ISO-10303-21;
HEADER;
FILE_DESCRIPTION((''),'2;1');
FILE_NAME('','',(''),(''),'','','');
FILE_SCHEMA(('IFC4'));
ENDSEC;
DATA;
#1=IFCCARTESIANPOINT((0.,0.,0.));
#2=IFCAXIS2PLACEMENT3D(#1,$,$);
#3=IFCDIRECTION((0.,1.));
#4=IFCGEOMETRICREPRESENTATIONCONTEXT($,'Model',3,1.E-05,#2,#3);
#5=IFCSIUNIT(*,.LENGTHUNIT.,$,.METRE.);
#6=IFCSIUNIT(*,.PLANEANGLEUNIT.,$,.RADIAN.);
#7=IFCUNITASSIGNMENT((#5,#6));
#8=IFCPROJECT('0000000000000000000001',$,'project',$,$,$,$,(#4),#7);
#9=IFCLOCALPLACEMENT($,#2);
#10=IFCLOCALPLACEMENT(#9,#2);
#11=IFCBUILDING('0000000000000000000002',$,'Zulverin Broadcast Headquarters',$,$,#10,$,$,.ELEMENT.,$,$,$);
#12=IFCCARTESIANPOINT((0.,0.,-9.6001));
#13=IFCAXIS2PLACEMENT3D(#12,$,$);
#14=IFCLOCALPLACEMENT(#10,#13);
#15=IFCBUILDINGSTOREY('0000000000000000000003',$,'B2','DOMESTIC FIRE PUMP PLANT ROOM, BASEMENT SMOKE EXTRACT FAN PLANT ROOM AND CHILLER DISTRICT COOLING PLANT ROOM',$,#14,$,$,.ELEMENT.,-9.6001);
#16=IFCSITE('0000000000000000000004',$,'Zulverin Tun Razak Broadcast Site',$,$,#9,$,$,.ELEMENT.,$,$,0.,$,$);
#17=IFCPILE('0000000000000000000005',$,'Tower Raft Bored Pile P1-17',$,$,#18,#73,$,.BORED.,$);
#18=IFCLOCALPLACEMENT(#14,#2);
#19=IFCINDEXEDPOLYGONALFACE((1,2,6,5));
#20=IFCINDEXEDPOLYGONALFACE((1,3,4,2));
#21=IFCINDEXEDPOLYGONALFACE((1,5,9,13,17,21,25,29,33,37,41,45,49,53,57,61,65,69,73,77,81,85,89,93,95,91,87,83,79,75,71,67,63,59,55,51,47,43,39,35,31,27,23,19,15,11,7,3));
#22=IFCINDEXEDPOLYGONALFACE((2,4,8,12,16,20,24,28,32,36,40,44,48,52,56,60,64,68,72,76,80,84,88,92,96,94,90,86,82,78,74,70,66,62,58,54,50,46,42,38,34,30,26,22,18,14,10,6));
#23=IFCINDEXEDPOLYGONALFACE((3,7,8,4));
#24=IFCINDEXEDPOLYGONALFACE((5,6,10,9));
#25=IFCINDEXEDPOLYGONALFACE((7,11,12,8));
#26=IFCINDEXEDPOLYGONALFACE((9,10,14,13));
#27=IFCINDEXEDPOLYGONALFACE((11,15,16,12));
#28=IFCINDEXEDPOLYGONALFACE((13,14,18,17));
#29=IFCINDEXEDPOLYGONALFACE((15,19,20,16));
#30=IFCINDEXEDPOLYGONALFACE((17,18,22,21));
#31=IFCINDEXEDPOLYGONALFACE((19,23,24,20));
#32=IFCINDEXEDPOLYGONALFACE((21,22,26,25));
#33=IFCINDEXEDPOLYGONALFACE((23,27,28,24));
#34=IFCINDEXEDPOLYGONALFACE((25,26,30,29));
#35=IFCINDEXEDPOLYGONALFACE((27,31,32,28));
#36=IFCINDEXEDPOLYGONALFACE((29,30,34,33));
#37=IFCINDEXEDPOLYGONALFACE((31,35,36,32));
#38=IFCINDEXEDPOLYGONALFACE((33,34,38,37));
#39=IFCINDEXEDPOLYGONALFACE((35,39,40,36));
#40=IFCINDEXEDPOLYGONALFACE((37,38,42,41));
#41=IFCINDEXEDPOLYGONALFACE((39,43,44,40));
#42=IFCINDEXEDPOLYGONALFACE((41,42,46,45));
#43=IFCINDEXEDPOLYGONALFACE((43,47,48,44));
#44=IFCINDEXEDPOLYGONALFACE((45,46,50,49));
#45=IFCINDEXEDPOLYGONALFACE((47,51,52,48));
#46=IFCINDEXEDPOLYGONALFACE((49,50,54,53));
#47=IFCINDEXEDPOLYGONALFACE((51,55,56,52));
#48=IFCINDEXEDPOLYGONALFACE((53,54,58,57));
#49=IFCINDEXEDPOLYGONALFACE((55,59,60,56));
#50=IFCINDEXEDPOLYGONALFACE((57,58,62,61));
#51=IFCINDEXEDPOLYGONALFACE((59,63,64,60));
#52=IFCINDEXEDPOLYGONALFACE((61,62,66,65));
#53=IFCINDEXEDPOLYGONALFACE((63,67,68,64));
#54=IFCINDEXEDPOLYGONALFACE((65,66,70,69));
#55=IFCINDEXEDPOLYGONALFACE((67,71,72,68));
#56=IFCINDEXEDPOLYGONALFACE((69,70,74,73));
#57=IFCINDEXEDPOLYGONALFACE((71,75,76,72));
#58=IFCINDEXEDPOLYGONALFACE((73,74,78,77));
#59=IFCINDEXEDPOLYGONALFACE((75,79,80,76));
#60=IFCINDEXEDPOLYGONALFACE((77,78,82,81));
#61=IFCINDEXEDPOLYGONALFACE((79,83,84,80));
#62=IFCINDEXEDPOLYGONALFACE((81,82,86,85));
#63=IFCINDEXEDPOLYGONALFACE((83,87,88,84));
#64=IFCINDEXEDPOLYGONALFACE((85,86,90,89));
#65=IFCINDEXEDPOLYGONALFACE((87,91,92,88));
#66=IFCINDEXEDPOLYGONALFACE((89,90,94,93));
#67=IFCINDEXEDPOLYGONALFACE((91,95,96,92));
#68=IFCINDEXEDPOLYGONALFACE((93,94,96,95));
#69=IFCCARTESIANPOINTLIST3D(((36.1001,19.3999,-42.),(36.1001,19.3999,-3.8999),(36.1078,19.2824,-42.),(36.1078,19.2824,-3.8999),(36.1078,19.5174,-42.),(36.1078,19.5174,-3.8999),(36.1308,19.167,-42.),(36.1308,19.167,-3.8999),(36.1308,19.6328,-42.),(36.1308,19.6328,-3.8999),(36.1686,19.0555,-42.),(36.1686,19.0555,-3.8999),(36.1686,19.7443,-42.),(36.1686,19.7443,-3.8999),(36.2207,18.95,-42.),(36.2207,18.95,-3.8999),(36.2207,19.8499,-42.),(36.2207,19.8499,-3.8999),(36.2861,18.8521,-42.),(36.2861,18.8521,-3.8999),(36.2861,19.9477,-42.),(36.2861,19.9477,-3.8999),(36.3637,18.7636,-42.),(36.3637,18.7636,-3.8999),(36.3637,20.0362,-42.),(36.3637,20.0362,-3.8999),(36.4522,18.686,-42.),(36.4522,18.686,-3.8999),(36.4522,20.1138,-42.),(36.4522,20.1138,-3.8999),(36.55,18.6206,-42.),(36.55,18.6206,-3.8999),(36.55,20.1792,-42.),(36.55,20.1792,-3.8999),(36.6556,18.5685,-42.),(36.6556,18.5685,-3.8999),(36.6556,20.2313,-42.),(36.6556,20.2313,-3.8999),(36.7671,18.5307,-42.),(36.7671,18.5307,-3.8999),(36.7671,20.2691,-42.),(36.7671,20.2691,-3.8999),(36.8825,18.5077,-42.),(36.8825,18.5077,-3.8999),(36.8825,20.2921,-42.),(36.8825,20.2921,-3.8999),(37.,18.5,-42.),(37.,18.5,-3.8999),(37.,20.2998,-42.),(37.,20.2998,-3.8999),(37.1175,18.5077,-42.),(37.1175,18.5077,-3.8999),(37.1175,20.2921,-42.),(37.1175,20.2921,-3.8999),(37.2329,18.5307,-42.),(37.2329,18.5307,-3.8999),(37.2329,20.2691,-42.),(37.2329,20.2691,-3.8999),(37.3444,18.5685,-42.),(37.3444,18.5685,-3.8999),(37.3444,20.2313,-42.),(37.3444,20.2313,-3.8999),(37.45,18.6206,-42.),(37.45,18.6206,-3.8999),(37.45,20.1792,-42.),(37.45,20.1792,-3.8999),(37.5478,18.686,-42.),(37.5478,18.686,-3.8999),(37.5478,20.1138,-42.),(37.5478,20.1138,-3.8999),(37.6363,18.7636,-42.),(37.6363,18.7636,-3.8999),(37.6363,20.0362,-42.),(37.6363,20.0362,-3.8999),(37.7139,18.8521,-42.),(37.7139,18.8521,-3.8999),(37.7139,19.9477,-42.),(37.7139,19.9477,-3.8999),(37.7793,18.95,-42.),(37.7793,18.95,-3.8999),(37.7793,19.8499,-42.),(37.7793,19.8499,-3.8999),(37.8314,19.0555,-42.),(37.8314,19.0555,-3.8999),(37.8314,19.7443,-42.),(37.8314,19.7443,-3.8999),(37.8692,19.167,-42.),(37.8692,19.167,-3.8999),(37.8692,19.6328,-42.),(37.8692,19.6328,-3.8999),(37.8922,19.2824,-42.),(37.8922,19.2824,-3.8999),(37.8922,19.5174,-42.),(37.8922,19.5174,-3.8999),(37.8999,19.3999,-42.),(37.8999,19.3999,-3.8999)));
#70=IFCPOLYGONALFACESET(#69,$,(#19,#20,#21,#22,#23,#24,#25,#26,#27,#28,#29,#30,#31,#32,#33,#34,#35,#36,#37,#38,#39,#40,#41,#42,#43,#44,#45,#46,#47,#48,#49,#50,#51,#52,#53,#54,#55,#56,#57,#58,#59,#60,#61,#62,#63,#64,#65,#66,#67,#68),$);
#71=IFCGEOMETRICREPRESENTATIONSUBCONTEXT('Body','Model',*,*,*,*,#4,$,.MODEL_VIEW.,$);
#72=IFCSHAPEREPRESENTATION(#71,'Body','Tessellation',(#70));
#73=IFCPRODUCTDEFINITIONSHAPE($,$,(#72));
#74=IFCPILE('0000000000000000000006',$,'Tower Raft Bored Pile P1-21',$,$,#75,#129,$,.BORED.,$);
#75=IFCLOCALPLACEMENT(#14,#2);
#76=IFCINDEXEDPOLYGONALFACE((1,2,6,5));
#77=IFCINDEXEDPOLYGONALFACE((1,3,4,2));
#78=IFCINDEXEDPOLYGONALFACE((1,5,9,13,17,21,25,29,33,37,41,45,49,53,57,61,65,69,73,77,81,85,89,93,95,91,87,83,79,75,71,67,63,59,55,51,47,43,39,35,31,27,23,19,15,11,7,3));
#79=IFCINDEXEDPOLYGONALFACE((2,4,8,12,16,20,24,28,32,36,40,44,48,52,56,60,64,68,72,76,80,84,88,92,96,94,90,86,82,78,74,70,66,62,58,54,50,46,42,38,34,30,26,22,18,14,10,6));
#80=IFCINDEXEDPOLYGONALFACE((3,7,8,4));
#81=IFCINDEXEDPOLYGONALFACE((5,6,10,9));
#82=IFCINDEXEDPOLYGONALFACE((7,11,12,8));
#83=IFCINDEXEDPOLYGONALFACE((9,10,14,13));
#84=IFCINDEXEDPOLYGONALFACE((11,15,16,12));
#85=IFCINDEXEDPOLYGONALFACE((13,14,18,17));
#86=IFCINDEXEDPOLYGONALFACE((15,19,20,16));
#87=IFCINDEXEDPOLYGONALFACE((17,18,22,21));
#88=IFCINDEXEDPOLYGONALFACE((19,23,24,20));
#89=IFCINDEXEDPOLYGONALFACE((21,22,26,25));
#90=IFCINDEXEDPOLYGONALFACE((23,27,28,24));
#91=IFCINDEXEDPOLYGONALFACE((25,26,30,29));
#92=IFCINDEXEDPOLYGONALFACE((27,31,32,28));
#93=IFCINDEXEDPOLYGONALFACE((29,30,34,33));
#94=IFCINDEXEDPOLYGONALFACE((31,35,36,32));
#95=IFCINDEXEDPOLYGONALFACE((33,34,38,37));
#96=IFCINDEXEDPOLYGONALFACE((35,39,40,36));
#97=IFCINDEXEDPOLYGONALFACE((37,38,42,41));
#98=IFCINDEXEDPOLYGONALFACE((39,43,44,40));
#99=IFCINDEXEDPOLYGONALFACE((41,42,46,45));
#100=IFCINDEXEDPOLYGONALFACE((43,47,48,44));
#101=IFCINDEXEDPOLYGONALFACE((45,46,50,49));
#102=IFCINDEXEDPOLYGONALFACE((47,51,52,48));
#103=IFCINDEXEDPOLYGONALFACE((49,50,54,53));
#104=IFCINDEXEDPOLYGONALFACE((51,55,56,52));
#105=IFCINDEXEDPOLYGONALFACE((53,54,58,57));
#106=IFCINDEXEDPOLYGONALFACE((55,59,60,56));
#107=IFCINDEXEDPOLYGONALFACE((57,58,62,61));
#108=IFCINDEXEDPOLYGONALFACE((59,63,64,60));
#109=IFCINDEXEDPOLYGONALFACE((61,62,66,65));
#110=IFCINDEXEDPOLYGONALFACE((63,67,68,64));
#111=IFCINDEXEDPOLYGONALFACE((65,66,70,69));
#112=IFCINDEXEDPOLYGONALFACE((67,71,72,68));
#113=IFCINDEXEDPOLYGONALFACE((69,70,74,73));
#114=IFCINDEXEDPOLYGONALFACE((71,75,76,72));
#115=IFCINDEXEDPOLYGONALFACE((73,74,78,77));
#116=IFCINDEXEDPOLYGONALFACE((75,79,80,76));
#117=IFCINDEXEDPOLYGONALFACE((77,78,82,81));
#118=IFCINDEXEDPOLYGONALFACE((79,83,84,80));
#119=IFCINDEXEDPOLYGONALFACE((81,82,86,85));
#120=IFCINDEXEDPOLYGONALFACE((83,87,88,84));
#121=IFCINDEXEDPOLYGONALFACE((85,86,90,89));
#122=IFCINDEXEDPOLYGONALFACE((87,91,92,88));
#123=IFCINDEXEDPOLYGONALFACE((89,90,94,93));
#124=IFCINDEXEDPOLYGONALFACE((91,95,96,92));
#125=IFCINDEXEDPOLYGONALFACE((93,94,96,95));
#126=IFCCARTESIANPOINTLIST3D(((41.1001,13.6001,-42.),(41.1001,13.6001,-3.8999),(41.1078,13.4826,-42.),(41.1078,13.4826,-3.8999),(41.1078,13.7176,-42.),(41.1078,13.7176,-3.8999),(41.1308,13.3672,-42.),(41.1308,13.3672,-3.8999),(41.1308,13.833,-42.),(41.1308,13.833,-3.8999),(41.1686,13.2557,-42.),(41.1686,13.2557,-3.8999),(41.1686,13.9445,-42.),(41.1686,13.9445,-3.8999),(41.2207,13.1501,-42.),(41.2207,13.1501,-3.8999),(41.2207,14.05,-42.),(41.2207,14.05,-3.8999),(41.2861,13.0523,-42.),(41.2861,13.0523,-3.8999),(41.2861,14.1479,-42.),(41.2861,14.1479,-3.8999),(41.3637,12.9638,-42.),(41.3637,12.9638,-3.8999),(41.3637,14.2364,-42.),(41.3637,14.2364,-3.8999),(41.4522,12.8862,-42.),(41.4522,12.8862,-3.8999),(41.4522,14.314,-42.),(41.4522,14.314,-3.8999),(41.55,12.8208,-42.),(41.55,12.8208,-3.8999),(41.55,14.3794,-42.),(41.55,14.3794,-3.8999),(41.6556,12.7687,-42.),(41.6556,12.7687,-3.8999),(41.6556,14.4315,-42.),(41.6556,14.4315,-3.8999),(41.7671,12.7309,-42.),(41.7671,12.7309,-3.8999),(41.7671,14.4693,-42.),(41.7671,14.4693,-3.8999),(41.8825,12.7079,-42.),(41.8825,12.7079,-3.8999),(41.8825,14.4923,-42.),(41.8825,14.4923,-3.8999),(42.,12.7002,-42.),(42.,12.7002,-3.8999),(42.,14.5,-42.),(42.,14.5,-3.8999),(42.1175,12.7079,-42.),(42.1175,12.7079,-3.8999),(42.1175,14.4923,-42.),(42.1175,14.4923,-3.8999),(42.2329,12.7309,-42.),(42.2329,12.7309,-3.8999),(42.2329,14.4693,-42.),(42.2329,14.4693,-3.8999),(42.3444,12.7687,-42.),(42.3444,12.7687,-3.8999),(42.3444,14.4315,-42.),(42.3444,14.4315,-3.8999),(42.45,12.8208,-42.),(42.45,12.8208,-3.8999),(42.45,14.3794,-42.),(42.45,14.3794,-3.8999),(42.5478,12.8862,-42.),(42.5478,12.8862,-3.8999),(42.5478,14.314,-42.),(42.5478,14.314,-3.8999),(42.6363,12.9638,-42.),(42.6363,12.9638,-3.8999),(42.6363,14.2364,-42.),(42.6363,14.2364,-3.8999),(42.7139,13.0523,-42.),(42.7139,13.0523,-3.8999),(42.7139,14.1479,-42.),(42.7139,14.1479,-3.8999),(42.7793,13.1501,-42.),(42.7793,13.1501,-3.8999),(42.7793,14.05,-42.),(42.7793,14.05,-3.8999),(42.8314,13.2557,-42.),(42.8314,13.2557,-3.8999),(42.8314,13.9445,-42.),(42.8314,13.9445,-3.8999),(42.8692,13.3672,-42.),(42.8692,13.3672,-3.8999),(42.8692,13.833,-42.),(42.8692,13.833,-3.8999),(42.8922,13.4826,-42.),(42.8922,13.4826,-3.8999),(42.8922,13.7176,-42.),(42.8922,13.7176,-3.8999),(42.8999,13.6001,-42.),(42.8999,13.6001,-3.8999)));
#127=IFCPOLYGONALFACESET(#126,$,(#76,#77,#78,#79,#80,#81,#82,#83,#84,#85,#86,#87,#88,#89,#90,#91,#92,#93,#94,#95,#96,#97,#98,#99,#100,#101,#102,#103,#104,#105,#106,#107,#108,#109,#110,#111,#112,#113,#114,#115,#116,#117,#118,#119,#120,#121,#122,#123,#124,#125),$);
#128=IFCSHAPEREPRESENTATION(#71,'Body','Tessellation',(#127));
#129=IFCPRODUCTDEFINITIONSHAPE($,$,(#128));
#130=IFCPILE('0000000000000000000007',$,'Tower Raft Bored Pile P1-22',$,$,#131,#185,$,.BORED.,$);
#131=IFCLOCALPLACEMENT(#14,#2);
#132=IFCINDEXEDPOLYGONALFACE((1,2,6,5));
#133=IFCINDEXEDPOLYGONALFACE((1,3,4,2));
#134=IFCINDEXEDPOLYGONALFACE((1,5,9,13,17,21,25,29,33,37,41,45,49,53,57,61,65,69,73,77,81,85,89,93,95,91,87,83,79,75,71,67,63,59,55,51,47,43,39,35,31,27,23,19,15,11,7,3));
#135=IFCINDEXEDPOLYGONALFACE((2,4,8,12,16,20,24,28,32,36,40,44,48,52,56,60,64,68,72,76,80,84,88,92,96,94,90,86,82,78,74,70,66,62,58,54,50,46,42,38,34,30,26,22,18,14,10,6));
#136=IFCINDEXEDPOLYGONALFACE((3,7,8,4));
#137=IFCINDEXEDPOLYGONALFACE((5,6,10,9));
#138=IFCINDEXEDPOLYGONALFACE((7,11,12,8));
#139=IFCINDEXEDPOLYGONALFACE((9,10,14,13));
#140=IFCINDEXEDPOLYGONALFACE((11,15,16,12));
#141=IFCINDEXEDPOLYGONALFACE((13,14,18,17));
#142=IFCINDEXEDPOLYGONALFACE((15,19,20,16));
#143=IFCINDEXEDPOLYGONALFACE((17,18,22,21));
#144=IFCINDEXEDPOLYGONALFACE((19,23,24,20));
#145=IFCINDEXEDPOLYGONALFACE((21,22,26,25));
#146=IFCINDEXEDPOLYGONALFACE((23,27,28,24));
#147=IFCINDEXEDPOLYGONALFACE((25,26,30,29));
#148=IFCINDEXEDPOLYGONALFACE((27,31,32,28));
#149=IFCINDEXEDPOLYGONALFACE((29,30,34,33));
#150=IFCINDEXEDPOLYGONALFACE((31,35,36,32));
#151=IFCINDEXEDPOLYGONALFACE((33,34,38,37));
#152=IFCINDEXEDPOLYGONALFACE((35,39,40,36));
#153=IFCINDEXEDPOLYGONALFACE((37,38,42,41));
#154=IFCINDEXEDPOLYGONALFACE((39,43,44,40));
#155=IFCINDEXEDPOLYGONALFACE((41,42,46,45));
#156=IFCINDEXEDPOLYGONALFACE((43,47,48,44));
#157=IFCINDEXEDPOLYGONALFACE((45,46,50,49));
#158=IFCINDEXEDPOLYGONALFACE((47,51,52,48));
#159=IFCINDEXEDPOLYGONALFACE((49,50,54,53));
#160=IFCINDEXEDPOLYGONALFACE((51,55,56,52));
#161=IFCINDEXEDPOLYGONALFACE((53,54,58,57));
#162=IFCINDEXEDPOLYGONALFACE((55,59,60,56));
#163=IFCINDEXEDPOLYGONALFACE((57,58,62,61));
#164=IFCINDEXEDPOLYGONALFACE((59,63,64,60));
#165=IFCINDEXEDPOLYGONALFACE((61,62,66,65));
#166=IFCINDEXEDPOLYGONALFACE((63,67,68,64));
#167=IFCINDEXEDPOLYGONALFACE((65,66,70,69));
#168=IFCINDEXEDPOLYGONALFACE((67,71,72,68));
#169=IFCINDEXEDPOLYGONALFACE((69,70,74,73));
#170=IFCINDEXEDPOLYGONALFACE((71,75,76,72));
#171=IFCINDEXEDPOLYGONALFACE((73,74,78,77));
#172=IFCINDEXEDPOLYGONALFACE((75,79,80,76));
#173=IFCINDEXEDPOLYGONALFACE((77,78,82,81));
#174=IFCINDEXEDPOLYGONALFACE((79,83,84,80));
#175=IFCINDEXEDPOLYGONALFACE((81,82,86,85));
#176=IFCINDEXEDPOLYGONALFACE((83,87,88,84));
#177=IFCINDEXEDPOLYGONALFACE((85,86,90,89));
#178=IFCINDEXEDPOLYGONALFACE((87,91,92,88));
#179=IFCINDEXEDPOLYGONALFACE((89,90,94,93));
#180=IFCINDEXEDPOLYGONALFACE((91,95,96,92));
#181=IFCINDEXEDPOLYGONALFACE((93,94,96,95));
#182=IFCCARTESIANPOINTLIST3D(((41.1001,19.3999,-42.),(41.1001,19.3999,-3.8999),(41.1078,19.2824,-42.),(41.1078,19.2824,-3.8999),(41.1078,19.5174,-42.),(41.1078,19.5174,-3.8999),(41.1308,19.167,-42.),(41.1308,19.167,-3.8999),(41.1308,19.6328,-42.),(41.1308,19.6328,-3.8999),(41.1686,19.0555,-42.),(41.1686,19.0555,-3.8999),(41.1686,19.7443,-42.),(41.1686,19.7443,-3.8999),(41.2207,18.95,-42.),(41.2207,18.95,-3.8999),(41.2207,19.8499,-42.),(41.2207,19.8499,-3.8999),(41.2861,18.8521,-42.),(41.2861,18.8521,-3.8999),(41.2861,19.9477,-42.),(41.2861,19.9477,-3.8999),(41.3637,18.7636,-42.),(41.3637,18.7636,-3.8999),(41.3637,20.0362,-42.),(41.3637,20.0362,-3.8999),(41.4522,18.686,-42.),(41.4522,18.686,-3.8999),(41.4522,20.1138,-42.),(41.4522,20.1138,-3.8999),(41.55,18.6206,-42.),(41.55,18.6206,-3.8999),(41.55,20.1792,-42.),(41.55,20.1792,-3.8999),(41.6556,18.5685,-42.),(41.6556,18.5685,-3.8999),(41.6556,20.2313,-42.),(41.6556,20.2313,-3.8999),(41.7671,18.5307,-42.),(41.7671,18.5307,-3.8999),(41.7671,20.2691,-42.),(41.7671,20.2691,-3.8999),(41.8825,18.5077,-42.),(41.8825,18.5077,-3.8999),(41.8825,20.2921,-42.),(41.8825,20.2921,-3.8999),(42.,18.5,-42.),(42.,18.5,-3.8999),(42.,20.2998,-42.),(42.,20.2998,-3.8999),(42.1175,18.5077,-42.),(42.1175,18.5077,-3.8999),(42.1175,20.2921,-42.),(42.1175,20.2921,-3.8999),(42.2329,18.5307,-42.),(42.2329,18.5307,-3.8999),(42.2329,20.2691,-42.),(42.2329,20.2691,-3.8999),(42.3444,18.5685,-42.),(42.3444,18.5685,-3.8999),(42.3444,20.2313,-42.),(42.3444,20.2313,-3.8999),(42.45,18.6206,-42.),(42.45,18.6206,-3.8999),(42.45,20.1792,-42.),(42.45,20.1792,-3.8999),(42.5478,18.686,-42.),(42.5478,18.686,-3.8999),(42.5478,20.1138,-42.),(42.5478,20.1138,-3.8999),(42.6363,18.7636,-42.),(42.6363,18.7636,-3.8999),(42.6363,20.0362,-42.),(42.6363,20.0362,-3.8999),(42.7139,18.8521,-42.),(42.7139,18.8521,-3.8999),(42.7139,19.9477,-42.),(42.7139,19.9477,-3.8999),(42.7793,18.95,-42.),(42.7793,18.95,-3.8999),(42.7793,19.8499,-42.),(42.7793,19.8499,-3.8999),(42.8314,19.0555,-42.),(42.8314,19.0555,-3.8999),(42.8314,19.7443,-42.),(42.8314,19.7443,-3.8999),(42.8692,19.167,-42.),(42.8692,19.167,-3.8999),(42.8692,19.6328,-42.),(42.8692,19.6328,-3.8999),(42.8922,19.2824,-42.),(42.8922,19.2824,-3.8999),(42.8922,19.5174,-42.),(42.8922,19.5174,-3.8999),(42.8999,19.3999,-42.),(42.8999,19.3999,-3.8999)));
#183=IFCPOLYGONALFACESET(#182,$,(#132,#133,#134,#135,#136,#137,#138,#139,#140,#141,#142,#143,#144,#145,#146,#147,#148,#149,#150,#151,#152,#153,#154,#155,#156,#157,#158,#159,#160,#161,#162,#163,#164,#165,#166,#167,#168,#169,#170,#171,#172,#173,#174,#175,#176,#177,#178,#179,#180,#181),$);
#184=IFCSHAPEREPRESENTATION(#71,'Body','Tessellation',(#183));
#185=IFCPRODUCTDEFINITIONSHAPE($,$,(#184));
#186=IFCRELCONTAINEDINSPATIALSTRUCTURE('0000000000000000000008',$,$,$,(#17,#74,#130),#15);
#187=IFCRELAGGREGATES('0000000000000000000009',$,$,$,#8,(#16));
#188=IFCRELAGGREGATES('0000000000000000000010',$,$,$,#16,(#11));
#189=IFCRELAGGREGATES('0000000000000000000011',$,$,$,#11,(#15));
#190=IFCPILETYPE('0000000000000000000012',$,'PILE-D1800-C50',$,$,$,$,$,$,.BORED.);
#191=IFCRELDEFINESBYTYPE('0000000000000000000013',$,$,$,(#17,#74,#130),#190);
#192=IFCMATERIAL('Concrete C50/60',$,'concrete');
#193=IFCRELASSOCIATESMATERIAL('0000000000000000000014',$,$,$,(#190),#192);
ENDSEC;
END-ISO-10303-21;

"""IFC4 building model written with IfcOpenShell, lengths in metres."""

from ifc_helpers import new_model, si_unit, direction, frame, origin, origin_2d, place, context, subcontext, project, spatial, circle, extrude, material, material_profile, profile_set, type_object, element, save


model = new_model("IFC4")

# Units and contexts
model_context = context("Model", 3, precision=1e-05, world=origin(), true_north=direction((0.0, 1.0)))
body_context = subcontext(model_context, "Body", "Model", "MODEL_VIEW")
ifc_project = project(units=[si_unit("LENGTHUNIT", "METRE"), si_unit("PLANEANGLEUNIT", "RADIAN")], contexts=[model_context])

# Site, building, storey
site_placement = place(None, origin())
site = spatial("IfcSite", under=ifc_project, at=site_placement, Name="Zulverin Tun Razak Broadcast Site", CompositionType="ELEMENT", RefElevation=0.0)
building_placement = place(site_placement, origin())
building = spatial("IfcBuilding", under=site, at=building_placement, Name="Zulverin Broadcast Headquarters", CompositionType="ELEMENT")
storey_placement = place(building_placement, frame((0.0, 0.0, -9.6001)))
storey = spatial("IfcBuildingStorey", under=building, at=storey_placement, Name="B2", Description="DOMESTIC FIRE PUMP PLANT ROOM, BASEMENT SMOKE EXTRACT FAN PLANT ROOM AND CHILLER DISTRICT COOLING PLANT ROOM", CompositionType="ELEMENT", Elevation=-9.6001)

# Shared definitions
ifc_material_1 = material(Name="Concrete C50/60", Category="concrete")

# Piles
ifc_material_profile_1 = material_profile(ifc_material_1, circle(Radius=0.8999, at=origin_2d()), Name="Concrete C50/60", Category="concrete")
ifc_profile_set_1 = profile_set([ifc_material_profile_1], Name="Concrete C50/60")
pile_type_1 = type_object("IfcPileType", Name="PILE-D1800-C50", PredefinedType="BORED", material=ifc_profile_set_1)
for number, where, z_axis, x_axis, name in (
    (1, (37.0, 19.3999, -3.8999), (0.0, 0.0, -1.0), (1.0, 0.0, 0.0), "Tower Raft Bored Pile P1-17"),
    (2, (42.0, 13.6001, -3.8999), (0.0, 0.0, -1.0), (1.0, 0.0, 0.0), "Tower Raft Bored Pile P1-21"),
    (3, (42.0, 19.3999, -3.8999), (0.0, 0.0, -1.0), (1.0, 0.0, 0.0), "Tower Raft Bored Pile P1-22"),
):
    element("IfcPile", number, at=place(storey_placement, frame(where, z_axis=z_axis, x_axis=x_axis)), inside=storey, type_object=pile_type_1, Name=name, PredefinedType="BORED", context=body_context, shape_type="SweptSolid", body=[
        extrude(circle(Radius=0.8999, at=origin_2d()), origin(), (0.0, 0.0, 1.0), 38.1001),
    ])

save(model, "model.ifc")
